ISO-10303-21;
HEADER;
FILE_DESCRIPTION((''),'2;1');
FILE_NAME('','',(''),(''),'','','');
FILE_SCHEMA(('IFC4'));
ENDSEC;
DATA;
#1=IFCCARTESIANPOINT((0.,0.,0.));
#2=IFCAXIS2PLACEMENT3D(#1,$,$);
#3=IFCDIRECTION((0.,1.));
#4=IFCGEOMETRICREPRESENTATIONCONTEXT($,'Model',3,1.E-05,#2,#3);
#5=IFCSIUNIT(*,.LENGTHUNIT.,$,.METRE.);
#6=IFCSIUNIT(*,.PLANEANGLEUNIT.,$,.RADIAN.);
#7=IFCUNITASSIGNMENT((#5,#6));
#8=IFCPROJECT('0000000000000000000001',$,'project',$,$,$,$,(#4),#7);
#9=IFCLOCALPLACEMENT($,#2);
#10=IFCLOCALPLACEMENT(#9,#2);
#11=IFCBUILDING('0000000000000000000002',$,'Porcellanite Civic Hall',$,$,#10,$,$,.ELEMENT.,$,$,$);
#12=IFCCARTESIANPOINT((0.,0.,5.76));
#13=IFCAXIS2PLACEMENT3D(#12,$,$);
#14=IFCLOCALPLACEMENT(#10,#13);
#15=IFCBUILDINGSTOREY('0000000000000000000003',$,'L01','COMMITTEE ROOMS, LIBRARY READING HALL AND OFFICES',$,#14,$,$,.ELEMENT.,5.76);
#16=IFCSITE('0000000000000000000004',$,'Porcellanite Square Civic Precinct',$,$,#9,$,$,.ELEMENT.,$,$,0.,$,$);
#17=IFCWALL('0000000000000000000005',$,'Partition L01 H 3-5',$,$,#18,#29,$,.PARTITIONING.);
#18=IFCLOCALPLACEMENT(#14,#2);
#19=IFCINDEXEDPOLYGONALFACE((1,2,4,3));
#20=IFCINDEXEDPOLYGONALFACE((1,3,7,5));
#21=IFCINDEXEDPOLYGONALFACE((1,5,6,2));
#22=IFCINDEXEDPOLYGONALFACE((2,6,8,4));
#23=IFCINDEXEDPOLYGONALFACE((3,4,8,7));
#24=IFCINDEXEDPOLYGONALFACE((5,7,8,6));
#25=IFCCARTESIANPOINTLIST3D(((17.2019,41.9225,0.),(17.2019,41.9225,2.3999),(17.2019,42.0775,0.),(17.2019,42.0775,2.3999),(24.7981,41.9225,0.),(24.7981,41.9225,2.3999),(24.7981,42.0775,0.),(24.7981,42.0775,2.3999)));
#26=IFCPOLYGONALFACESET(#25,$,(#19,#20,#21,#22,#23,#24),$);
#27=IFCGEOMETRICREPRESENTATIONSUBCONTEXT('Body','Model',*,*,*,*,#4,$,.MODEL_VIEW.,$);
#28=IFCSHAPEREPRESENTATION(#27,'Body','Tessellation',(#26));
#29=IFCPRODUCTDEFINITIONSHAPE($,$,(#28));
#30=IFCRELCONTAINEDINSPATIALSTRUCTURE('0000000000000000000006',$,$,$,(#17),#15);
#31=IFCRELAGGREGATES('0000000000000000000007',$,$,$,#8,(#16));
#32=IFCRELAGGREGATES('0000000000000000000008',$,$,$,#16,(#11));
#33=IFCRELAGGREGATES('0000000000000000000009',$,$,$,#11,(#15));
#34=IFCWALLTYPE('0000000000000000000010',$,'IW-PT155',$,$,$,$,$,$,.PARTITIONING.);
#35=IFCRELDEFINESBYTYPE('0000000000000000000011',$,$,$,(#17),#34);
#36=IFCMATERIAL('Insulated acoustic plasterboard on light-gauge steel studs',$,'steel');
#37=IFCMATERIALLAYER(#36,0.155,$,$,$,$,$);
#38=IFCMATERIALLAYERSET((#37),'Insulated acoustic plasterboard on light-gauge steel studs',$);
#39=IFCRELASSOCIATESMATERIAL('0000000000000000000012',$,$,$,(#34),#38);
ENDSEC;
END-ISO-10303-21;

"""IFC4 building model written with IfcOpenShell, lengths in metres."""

from ifc_helpers import new_model, si_unit, direction, frame, frame_2d, origin, place, context, subcontext, project, spatial, rectangle, extrude, material, layer, layer_set, type_object, element, save


model = new_model("IFC4")

# Units and contexts
model_context = context("Model", 3, precision=1e-05, world=origin(), true_north=direction((0.0, 1.0)))
body_context = subcontext(model_context, "Body", "Model", "MODEL_VIEW")
ifc_project = project(units=[si_unit("LENGTHUNIT", "METRE"), si_unit("PLANEANGLEUNIT", "RADIAN")], contexts=[model_context])

# Site, building, storey
site_placement = place(None, origin())
site = spatial("IfcSite", under=ifc_project, at=site_placement, Name="Porcellanite Square Civic Precinct", CompositionType="ELEMENT", RefElevation=0.0)
building_placement = place(site_placement, origin())
building = spatial("IfcBuilding", under=site, at=building_placement, Name="Porcellanite Civic Hall", CompositionType="ELEMENT")
storey_placement = place(building_placement, frame((0.0, 0.0, 5.76)))
storey = spatial("IfcBuildingStorey", under=building, at=storey_placement, Name="L01", Description="COMMITTEE ROOMS, LIBRARY READING HALL AND OFFICES", CompositionType="ELEMENT", Elevation=5.76)

# Wall
ifc_material_1 = material(Name="Insulated acoustic plasterboard on light-gauge steel studs", Category="steel")
ifc_layer_1 = layer(ifc_material_1, 0.155)
ifc_layer_set_1 = layer_set([ifc_layer_1], Name="Insulated acoustic plasterboard on light-gauge steel studs")
wall_type_1 = type_object("IfcWallType", Name="IW-PT155", PredefinedType="PARTITIONING", material=ifc_layer_set_1)
wall_1_placement = place(storey_placement, frame((17.2019, 42.0, 0.0), z_axis=(0.0, 0.0, 1.0), x_axis=(1.0, 0.0, 0.0)))
element("IfcWall", 1, at=wall_1_placement, inside=storey, type_object=wall_type_1, Name="Partition L01 H 3-5", PredefinedType="PARTITIONING", context=body_context, shape_type="SweptSolid", body=[
    extrude(rectangle(XDim=7.5962, YDim=0.155, at=frame_2d((3.7981, 0.0))), origin(), (0.0, 0.0, 1.0), 2.3999),
])

save(model, "model.ifc")
